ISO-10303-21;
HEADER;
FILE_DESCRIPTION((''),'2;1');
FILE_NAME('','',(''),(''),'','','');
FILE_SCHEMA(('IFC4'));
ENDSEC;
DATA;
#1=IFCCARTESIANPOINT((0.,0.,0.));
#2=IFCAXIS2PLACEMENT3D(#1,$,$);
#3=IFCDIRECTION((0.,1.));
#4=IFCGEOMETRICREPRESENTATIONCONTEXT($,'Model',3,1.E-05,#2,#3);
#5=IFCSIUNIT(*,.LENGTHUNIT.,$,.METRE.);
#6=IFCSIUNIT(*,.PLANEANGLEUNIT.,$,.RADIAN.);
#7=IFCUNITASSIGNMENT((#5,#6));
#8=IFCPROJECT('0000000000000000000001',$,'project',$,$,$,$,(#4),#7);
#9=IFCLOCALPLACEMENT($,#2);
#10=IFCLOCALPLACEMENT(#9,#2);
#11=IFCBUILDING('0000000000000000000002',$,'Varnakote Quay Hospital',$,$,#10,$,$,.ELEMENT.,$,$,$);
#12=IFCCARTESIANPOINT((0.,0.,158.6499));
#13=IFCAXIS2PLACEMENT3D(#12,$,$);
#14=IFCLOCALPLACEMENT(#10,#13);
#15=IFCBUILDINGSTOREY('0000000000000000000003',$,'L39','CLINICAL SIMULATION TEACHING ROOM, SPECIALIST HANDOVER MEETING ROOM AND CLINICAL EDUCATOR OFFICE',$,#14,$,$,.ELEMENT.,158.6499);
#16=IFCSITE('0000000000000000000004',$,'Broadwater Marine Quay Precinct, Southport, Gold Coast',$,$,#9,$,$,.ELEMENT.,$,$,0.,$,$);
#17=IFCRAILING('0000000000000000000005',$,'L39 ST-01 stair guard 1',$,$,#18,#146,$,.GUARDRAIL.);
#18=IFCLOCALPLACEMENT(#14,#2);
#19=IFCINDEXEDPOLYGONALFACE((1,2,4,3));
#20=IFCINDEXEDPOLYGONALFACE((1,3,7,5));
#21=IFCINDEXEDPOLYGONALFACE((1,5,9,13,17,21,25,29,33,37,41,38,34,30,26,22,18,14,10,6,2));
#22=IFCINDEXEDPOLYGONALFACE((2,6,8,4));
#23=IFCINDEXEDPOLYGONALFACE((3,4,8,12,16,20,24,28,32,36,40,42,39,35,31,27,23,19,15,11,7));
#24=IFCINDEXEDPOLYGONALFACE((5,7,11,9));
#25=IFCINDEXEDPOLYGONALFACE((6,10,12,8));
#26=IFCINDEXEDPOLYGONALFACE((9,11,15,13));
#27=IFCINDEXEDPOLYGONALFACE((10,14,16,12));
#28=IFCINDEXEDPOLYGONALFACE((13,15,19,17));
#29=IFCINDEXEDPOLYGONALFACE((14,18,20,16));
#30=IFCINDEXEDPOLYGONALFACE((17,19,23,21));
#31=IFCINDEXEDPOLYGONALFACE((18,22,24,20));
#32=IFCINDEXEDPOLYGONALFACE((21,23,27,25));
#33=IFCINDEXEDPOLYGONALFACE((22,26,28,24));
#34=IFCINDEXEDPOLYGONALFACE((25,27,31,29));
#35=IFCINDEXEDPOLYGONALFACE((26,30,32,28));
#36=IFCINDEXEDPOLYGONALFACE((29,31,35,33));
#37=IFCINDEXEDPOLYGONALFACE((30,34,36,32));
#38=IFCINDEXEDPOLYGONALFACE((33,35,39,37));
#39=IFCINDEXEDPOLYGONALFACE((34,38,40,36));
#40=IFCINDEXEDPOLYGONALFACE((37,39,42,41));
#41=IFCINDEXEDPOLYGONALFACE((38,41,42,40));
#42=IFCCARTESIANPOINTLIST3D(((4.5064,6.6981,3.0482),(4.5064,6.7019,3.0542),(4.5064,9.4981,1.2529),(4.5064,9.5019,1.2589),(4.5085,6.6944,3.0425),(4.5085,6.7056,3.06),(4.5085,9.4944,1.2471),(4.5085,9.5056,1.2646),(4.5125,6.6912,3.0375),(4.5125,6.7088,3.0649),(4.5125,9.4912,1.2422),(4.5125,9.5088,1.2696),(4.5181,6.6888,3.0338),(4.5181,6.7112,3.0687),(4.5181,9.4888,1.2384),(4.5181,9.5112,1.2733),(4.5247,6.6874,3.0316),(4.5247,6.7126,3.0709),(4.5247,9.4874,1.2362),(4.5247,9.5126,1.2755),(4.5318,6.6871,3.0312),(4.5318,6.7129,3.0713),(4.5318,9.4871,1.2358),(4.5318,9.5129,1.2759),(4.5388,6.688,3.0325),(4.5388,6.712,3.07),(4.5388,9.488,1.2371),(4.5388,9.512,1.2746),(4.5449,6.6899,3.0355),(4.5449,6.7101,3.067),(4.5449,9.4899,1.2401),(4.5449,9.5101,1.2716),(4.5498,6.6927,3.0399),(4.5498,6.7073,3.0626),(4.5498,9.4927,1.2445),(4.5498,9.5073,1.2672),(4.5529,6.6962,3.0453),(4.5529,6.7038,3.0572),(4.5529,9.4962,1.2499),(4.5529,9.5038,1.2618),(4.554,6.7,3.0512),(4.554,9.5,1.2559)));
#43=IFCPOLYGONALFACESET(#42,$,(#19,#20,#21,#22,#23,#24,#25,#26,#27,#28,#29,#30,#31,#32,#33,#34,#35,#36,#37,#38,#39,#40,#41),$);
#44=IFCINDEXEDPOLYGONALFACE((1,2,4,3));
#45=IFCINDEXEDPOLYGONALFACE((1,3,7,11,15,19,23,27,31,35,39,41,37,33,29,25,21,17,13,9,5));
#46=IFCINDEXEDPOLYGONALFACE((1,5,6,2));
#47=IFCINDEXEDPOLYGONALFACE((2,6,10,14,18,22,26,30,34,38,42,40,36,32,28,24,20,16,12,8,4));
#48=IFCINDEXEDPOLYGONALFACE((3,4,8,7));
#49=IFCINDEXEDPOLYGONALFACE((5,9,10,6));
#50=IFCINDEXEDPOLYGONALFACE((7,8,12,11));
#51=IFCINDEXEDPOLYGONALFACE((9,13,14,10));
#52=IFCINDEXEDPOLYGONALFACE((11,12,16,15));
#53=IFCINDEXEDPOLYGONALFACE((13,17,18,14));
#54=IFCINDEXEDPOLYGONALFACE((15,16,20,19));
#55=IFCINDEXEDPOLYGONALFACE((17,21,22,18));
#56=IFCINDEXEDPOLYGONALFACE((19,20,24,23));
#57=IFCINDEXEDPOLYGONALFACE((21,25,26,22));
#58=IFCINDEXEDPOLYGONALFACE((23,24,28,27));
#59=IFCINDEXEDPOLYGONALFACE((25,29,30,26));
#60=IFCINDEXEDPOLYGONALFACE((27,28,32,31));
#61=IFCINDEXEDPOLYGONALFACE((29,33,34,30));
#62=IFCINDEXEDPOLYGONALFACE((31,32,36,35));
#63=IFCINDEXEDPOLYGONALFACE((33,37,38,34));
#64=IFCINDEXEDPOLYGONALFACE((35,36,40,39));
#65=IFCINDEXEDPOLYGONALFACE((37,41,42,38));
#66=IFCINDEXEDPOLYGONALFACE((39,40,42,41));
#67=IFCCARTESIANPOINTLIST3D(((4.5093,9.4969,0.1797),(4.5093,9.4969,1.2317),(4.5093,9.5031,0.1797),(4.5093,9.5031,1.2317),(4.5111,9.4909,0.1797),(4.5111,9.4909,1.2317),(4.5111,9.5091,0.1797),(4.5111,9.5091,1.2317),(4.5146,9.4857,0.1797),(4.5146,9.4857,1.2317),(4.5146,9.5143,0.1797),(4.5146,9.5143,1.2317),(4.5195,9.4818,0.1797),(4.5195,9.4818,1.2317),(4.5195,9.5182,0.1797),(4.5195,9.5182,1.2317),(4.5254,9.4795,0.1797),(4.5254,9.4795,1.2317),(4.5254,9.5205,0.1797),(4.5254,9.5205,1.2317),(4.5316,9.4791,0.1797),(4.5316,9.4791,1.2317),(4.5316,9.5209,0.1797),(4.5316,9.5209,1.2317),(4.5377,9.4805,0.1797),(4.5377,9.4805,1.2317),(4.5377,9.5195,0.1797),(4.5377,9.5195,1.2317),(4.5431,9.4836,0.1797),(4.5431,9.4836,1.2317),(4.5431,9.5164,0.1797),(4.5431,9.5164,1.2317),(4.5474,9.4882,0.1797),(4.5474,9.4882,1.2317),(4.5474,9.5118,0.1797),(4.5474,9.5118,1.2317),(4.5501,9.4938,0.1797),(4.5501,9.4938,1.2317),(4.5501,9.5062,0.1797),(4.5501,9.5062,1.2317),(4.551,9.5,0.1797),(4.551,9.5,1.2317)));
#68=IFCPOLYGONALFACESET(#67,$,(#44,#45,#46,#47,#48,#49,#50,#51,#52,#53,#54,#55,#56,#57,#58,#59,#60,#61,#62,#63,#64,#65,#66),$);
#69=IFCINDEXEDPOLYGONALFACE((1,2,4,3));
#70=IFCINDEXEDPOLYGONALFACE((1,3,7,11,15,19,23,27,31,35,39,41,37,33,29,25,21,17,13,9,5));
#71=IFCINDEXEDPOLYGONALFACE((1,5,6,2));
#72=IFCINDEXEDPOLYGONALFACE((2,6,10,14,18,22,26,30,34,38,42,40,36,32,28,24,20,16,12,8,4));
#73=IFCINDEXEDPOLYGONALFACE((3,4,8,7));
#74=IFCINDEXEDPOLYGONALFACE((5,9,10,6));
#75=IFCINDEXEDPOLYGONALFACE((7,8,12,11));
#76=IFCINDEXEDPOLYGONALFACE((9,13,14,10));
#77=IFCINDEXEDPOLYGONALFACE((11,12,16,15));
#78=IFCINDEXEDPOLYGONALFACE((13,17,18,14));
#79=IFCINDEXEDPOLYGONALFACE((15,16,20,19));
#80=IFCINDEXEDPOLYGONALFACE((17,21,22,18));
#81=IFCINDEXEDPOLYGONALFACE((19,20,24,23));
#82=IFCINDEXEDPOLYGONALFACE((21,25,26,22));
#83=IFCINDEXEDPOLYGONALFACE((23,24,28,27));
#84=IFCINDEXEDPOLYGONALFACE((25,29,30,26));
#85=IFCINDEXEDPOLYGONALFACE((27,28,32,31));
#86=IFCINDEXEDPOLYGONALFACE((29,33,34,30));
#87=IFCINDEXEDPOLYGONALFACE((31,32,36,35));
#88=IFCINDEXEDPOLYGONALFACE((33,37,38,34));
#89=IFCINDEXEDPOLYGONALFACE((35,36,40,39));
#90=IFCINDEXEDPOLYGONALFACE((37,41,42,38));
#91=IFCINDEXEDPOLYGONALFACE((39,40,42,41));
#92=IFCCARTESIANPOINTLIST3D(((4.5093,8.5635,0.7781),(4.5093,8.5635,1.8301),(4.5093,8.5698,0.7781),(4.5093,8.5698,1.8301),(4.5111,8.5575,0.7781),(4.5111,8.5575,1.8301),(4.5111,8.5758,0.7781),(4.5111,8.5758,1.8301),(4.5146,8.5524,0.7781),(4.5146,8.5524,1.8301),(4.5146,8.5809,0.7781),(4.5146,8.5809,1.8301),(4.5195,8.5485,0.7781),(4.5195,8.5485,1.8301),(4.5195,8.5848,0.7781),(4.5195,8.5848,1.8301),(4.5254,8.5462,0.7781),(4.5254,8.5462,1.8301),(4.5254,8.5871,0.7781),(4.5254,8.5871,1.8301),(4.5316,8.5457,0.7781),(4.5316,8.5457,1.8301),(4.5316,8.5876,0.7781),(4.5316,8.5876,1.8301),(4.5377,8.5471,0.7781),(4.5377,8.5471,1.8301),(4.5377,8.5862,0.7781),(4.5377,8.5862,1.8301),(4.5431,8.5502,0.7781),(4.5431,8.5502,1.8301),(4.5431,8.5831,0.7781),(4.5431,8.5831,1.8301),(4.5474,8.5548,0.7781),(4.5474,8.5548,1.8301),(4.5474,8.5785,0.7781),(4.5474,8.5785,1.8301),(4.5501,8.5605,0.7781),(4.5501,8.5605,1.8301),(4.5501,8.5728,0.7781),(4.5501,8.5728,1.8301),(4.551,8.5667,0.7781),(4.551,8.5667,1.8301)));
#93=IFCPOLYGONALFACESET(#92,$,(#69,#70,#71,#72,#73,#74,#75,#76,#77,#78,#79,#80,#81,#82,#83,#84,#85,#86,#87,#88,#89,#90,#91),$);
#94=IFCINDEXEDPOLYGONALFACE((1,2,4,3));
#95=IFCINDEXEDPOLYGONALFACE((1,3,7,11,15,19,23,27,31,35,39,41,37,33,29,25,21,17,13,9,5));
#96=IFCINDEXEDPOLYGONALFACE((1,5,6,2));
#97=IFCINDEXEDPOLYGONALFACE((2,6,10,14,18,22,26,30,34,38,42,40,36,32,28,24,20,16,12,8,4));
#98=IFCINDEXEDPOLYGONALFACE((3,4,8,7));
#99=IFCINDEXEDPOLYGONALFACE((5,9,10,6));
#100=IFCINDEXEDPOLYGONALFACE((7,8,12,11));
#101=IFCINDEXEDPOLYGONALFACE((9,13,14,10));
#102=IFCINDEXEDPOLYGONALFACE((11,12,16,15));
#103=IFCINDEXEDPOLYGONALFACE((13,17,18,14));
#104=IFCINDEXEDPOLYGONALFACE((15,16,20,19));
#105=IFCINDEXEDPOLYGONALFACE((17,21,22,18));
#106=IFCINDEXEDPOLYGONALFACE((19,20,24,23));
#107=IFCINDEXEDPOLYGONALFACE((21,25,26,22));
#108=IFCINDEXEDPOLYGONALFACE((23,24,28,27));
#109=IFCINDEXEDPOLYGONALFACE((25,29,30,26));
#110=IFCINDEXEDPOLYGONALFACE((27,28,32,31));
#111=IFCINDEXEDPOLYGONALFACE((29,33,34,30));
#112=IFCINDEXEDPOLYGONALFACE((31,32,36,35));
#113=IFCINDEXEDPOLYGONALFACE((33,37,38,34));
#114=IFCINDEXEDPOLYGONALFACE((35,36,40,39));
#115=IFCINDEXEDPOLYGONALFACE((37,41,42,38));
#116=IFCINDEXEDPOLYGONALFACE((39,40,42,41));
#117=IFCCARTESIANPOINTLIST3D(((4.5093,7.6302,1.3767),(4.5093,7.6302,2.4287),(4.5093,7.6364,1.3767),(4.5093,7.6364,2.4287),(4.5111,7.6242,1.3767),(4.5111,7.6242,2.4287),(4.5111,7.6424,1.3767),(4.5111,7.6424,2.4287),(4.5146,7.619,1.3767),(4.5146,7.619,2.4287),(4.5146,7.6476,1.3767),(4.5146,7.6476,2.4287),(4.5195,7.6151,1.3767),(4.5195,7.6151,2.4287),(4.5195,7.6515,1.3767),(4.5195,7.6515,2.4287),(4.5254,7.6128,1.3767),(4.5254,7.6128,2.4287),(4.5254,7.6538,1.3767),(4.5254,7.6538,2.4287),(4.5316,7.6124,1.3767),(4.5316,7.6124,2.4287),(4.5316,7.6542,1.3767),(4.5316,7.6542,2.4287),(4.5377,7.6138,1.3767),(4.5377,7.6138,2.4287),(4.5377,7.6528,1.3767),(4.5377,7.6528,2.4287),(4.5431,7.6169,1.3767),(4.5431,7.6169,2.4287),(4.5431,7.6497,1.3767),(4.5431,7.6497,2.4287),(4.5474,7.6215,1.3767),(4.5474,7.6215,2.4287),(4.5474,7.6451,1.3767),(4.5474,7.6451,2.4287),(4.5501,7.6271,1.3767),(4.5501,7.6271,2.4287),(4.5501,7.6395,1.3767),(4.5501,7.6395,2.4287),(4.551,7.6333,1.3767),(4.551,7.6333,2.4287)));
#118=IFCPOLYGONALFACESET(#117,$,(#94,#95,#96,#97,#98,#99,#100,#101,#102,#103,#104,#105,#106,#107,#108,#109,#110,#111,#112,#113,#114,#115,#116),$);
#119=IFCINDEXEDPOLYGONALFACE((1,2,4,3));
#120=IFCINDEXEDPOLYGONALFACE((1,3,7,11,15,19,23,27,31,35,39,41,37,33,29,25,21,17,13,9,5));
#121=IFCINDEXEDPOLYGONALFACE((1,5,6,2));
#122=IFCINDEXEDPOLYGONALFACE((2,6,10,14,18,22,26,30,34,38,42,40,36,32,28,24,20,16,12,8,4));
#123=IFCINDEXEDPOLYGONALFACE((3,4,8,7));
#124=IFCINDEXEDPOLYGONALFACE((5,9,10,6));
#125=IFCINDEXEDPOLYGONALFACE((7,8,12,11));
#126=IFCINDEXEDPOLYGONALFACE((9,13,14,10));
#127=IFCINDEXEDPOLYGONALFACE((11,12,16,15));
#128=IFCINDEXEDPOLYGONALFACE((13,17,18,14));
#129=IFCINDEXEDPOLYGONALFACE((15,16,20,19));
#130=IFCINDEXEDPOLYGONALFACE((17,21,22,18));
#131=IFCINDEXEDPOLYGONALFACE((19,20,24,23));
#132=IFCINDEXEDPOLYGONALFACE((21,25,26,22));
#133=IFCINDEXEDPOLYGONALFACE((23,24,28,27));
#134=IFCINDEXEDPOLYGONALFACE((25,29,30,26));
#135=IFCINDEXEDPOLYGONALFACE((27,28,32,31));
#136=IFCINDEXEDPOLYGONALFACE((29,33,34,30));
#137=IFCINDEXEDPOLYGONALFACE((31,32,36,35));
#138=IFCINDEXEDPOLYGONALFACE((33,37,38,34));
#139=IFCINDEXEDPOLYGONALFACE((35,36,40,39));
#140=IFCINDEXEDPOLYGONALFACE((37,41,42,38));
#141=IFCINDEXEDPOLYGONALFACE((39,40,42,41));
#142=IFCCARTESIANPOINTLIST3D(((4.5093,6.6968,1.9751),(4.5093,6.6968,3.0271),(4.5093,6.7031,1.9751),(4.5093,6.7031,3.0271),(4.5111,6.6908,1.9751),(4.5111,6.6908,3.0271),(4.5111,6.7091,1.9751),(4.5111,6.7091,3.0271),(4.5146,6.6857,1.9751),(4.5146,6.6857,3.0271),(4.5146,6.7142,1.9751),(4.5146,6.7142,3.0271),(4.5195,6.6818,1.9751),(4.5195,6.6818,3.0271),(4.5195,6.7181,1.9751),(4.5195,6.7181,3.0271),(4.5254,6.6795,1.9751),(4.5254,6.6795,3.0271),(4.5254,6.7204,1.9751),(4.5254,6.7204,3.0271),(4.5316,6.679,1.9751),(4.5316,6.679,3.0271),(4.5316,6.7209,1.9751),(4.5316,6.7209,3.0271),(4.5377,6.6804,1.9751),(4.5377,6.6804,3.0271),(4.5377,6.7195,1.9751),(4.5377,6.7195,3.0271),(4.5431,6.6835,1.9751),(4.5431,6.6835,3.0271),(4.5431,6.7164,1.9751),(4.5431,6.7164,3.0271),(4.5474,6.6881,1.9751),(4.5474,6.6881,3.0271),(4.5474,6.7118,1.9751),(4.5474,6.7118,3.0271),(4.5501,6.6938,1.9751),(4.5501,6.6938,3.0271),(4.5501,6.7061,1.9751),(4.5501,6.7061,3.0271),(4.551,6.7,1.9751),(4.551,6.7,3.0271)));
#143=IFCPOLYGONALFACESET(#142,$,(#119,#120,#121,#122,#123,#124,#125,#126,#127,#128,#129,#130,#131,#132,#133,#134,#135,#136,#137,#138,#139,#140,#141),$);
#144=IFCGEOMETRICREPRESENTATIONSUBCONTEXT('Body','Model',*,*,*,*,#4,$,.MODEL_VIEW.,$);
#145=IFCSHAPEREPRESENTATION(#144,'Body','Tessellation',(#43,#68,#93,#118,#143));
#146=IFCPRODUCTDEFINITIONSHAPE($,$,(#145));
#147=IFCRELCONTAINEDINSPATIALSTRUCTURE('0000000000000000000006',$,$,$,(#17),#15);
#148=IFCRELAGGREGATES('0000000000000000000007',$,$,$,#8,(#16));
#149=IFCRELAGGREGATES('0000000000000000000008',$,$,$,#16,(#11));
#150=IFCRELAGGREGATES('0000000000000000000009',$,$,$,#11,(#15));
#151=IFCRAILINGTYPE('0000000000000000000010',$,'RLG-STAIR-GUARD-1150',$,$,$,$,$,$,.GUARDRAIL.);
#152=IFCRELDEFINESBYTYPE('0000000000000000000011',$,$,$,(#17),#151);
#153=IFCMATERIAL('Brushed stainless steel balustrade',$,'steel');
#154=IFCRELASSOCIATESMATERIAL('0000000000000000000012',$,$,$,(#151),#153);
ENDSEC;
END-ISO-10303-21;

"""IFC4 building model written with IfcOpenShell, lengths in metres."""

from ifc_helpers import new_model, si_unit, direction, frame, origin, origin_2d, place, context, subcontext, project, spatial, circle, extrude, material, type_object, element, save


model = new_model("IFC4")

# Units and contexts
model_context = context("Model", 3, precision=1e-05, world=origin(), true_north=direction((0.0, 1.0)))
body_context = subcontext(model_context, "Body", "Model", "MODEL_VIEW")
ifc_project = project(units=[si_unit("LENGTHUNIT", "METRE"), si_unit("PLANEANGLEUNIT", "RADIAN")], contexts=[model_context])

# Site, building, storey
site_placement = place(None, origin())
site = spatial("IfcSite", under=ifc_project, at=site_placement, Name="Broadwater Marine Quay Precinct, Southport, Gold Coast", CompositionType="ELEMENT", RefElevation=0.0)
building_placement = place(site_placement, origin())
building = spatial("IfcBuilding", under=site, at=building_placement, Name="Varnakote Quay Hospital", CompositionType="ELEMENT")
storey_placement = place(building_placement, frame((0.0, 0.0, 158.6499)))
storey = spatial("IfcBuildingStorey", under=building, at=storey_placement, Name="L39", Description="CLINICAL SIMULATION TEACHING ROOM, SPECIALIST HANDOVER MEETING ROOM AND CLINICAL EDUCATOR OFFICE", CompositionType="ELEMENT", Elevation=158.6499)

# Railing
ifc_material_1 = material(Name="Brushed stainless steel balustrade", Category="steel")
railing_type_1 = type_object("IfcRailingType", Name="RLG-STAIR-GUARD-1150", PredefinedType="GUARDRAIL", material=ifc_material_1)
railing_1_placement = place(storey_placement, frame((4.53, 9.5, 0.1797)))
element("IfcRailing", 1, at=railing_1_placement, inside=storey, type_object=railing_type_1, Name="L39 ST-01 stair guard 1", PredefinedType="GUARDRAIL", context=body_context, shape_type="SweptSolid", body=[
    extrude(circle(Radius=0.0239, at=origin_2d()), frame((0.0, 0.0, 1.0762), z_axis=(0.0, -0.84181, 0.539774), x_axis=(1.0, 0.0, 0.0)), (0.0, 0.0, 1.0), 3.3262),
    extrude(circle(Radius=0.021, at=origin_2d()), origin(), (0.0, 0.0, 1.0), 1.052),
    extrude(circle(Radius=0.021, at=origin_2d()), frame((0.0, -0.9333, 0.5984)), (0.0, 0.0, 1.0), 1.052),
    extrude(circle(Radius=0.021, at=origin_2d()), frame((0.0, -1.8667, 1.197)), (0.0, 0.0, 1.0), 1.052),
    extrude(circle(Radius=0.021, at=origin_2d()), frame((0.0, -2.8, 1.7954)), (0.0, 0.0, 1.0), 1.052),
])

save(model, "model.ifc")
